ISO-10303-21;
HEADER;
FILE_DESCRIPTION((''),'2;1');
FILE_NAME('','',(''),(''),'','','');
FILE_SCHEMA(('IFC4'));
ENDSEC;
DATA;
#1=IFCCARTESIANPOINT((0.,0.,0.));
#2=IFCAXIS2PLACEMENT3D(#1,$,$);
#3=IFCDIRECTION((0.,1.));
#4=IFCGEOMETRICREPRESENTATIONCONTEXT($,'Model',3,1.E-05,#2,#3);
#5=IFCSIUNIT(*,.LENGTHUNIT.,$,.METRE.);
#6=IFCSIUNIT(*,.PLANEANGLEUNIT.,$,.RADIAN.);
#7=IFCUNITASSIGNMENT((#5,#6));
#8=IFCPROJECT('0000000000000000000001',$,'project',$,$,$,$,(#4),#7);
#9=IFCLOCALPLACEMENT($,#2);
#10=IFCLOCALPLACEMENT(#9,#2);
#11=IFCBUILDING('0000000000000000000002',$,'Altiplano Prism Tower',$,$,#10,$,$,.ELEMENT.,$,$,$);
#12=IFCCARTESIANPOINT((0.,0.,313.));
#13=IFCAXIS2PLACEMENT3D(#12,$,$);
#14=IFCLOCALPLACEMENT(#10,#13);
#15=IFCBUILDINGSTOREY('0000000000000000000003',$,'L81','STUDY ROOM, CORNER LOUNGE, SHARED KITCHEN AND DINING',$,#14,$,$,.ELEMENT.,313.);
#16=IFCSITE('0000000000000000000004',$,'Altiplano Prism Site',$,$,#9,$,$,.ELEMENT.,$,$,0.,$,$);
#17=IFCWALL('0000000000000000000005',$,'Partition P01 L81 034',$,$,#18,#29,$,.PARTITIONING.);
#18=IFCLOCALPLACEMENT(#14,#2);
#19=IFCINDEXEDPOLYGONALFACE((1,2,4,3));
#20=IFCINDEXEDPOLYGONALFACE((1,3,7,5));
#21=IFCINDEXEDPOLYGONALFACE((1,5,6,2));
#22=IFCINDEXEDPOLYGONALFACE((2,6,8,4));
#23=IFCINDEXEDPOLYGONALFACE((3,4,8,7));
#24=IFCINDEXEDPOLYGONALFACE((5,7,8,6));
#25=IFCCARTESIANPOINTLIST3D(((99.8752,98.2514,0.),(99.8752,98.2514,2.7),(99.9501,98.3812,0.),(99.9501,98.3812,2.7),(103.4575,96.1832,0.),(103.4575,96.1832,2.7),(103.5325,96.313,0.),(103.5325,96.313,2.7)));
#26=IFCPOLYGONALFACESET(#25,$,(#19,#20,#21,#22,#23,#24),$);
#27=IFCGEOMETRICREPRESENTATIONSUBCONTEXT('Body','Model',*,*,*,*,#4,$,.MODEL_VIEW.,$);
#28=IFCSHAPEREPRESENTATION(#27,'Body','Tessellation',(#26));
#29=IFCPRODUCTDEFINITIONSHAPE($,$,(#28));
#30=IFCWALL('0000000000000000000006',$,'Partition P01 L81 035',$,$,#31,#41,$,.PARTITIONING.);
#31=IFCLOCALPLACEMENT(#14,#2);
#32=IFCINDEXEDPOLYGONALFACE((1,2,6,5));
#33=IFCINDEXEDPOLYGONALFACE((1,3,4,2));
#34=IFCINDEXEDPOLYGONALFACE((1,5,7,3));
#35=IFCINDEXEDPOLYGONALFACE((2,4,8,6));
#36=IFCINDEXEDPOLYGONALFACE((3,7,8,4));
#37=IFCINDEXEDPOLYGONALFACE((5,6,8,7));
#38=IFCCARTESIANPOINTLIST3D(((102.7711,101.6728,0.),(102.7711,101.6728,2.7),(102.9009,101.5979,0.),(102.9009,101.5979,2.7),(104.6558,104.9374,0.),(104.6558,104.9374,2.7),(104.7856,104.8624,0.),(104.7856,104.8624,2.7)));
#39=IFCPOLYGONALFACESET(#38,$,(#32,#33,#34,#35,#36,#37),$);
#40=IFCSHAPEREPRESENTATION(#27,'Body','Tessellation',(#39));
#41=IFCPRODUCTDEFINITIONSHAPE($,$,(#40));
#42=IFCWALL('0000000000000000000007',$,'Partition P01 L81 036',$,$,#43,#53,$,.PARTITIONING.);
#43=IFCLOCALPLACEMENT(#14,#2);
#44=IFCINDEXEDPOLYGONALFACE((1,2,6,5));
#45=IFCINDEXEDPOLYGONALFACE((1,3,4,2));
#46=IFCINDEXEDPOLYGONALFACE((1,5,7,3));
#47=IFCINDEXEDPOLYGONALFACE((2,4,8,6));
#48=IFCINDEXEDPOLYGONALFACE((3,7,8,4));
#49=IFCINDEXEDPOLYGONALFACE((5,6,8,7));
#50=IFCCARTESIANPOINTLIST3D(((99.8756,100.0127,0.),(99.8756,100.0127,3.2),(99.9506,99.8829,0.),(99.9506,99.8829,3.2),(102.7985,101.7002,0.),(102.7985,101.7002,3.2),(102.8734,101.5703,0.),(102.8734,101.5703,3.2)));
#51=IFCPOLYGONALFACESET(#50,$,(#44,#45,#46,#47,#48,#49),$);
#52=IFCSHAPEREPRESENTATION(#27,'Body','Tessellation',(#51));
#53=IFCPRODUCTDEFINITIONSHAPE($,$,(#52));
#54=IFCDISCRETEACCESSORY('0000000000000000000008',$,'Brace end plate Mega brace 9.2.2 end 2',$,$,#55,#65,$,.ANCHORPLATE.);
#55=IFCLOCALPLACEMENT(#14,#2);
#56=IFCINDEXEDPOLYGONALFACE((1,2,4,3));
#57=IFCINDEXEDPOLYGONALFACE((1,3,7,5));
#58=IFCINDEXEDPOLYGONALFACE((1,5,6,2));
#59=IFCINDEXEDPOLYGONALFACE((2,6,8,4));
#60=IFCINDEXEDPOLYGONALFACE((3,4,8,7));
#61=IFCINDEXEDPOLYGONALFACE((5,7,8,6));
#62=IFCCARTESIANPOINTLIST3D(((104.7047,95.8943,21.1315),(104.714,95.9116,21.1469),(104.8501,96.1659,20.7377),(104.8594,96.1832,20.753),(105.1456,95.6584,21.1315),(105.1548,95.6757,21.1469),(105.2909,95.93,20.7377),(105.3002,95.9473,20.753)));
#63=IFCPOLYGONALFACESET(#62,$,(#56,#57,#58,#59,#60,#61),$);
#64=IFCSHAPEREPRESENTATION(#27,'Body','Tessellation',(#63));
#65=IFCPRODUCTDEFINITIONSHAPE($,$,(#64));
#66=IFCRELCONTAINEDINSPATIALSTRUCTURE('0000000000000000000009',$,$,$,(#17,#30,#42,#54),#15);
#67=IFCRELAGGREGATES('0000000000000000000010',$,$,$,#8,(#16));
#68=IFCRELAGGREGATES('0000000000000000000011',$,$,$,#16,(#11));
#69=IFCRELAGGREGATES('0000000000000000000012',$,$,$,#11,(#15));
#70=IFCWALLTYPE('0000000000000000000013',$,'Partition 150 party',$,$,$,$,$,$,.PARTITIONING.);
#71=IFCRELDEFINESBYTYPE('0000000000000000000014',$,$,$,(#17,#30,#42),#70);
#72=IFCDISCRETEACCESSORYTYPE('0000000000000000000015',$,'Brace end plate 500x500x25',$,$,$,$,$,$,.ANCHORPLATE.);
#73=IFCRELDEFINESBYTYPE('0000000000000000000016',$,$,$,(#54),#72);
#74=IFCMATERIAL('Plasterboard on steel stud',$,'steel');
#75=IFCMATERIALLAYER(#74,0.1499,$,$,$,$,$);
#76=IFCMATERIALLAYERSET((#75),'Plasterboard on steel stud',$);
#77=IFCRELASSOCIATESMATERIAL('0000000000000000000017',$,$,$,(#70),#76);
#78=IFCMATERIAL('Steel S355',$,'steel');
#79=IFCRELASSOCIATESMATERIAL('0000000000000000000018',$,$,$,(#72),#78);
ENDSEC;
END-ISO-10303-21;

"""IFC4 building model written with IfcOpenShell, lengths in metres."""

from ifc_helpers import new_model, si_unit, direction, frame, frame_2d, origin, origin_2d, place, context, subcontext, project, spatial, rectangle, extrude, material, layer, layer_set, material_profile, profile_set, type_object, element, save


model = new_model("IFC4")

# Units and contexts
model_context = context("Model", 3, precision=1e-05, world=origin(), true_north=direction((0.0, 1.0)))
body_context = subcontext(model_context, "Body", "Model", "MODEL_VIEW")
ifc_project = project(units=[si_unit("LENGTHUNIT", "METRE"), si_unit("PLANEANGLEUNIT", "RADIAN")], contexts=[model_context])

# Site, building, storey
site_placement = place(None, origin())
site = spatial("IfcSite", under=ifc_project, at=site_placement, Name="Altiplano Prism Site", CompositionType="ELEMENT", RefElevation=0.0)
building_placement = place(site_placement, origin())
building = spatial("IfcBuilding", under=site, at=building_placement, Name="Altiplano Prism Tower", CompositionType="ELEMENT")
storey_placement = place(building_placement, frame((0.0, 0.0, 313.0)))
storey = spatial("IfcBuildingStorey", under=building, at=storey_placement, Name="L81", Description="STUDY ROOM, CORNER LOUNGE, SHARED KITCHEN AND DINING", CompositionType="ELEMENT", Elevation=313.0)

# Shared definitions
ifc_material_1 = material(Name="Steel S355", Category="steel")

# Shared definitions
ifc_material_2 = material(Name="Plasterboard on steel stud", Category="steel")

# Walls
ifc_layer_1 = layer(ifc_material_2, 0.1499)
ifc_layer_set_1 = layer_set([ifc_layer_1], Name="Plasterboard on steel stud")
wall_type_1 = type_object("IfcWallType", Name="Partition 150 party", PredefinedType="PARTITIONING", material=ifc_layer_set_1)
wall_1_placement = place(storey_placement, frame((103.4951, 96.248, 0.0), z_axis=(0.0, 0.0, 1.0), x_axis=(-0.866037, 0.49998, 0.0)))
element("IfcWall", 1, at=wall_1_placement, inside=storey, type_object=wall_type_1, Name="Partition P01 L81 034", PredefinedType="PARTITIONING", context=body_context, shape_type="SweptSolid", body=[
    extrude(rectangle(XDim=4.1365, YDim=0.1499, at=frame_2d((2.0684, 0.0))), origin(), (0.0, 0.0, 1.0), 2.7),
])
wall_2_placement = place(storey_placement, frame((104.7207, 104.8999, 0.0), z_axis=(0.0, 0.0, 1.0), x_axis=(-0.499984, -0.866035, 0.0)))
element("IfcWall", 2, at=wall_2_placement, inside=storey, type_object=wall_type_1, Name="Partition P01 L81 035", PredefinedType="PARTITIONING", context=body_context, shape_type="SweptSolid", body=[
    extrude(rectangle(XDim=3.7695, YDim=0.1499, at=frame_2d((1.8848, 0.0))), origin(), (0.0, 0.0, 1.0), 2.7),
])
wall_3_placement = place(storey_placement, frame((102.8359, 101.6353, 0.0), z_axis=(0.0, 0.0, 1.0), x_axis=(-0.866027, -0.499998, 0.0)))
element("IfcWall", 3, at=wall_3_placement, inside=storey, type_object=wall_type_1, Name="Partition P01 L81 036", PredefinedType="PARTITIONING", context=body_context, shape_type="SweptSolid", body=[
    extrude(rectangle(XDim=3.375, YDim=0.1499, at=frame_2d((1.6875, 0.0))), origin(), (0.0, 0.0, 1.0), 3.2),
])

# Discrete accessory
ifc_material_profile_1 = material_profile(ifc_material_1, rectangle(XDim=0.5, YDim=0.5, at=origin_2d()), Name="Brace end plate 500x500x25")
ifc_profile_set_1 = profile_set([ifc_material_profile_1], Name="Steel S355")
discrete_accessory_type = type_object("IfcDiscreteAccessoryType", Name="Brace end plate 500x500x25", PredefinedType="ANCHORPLATE", material=ifc_profile_set_1)
discrete_accessory_placement = place(storey_placement, frame((105.0071, 95.9294, 20.95), z_axis=(-0.371657, -0.694412, -0.616168), x_axis=(0.881665, -0.471877, 0.0)))
element("IfcDiscreteAccessory", 4, at=discrete_accessory_placement, inside=storey, type_object=discrete_accessory_type, Name="Brace end plate Mega brace 9.2.2 end 2", PredefinedType="ANCHORPLATE", context=body_context, shape_type="SweptSolid", body=[
    extrude(rectangle(XDim=0.5, YDim=0.5, at=origin_2d()), origin(), (0.0, 0.0, 1.0), 0.0249),
])

save(model, "model.ifc")
